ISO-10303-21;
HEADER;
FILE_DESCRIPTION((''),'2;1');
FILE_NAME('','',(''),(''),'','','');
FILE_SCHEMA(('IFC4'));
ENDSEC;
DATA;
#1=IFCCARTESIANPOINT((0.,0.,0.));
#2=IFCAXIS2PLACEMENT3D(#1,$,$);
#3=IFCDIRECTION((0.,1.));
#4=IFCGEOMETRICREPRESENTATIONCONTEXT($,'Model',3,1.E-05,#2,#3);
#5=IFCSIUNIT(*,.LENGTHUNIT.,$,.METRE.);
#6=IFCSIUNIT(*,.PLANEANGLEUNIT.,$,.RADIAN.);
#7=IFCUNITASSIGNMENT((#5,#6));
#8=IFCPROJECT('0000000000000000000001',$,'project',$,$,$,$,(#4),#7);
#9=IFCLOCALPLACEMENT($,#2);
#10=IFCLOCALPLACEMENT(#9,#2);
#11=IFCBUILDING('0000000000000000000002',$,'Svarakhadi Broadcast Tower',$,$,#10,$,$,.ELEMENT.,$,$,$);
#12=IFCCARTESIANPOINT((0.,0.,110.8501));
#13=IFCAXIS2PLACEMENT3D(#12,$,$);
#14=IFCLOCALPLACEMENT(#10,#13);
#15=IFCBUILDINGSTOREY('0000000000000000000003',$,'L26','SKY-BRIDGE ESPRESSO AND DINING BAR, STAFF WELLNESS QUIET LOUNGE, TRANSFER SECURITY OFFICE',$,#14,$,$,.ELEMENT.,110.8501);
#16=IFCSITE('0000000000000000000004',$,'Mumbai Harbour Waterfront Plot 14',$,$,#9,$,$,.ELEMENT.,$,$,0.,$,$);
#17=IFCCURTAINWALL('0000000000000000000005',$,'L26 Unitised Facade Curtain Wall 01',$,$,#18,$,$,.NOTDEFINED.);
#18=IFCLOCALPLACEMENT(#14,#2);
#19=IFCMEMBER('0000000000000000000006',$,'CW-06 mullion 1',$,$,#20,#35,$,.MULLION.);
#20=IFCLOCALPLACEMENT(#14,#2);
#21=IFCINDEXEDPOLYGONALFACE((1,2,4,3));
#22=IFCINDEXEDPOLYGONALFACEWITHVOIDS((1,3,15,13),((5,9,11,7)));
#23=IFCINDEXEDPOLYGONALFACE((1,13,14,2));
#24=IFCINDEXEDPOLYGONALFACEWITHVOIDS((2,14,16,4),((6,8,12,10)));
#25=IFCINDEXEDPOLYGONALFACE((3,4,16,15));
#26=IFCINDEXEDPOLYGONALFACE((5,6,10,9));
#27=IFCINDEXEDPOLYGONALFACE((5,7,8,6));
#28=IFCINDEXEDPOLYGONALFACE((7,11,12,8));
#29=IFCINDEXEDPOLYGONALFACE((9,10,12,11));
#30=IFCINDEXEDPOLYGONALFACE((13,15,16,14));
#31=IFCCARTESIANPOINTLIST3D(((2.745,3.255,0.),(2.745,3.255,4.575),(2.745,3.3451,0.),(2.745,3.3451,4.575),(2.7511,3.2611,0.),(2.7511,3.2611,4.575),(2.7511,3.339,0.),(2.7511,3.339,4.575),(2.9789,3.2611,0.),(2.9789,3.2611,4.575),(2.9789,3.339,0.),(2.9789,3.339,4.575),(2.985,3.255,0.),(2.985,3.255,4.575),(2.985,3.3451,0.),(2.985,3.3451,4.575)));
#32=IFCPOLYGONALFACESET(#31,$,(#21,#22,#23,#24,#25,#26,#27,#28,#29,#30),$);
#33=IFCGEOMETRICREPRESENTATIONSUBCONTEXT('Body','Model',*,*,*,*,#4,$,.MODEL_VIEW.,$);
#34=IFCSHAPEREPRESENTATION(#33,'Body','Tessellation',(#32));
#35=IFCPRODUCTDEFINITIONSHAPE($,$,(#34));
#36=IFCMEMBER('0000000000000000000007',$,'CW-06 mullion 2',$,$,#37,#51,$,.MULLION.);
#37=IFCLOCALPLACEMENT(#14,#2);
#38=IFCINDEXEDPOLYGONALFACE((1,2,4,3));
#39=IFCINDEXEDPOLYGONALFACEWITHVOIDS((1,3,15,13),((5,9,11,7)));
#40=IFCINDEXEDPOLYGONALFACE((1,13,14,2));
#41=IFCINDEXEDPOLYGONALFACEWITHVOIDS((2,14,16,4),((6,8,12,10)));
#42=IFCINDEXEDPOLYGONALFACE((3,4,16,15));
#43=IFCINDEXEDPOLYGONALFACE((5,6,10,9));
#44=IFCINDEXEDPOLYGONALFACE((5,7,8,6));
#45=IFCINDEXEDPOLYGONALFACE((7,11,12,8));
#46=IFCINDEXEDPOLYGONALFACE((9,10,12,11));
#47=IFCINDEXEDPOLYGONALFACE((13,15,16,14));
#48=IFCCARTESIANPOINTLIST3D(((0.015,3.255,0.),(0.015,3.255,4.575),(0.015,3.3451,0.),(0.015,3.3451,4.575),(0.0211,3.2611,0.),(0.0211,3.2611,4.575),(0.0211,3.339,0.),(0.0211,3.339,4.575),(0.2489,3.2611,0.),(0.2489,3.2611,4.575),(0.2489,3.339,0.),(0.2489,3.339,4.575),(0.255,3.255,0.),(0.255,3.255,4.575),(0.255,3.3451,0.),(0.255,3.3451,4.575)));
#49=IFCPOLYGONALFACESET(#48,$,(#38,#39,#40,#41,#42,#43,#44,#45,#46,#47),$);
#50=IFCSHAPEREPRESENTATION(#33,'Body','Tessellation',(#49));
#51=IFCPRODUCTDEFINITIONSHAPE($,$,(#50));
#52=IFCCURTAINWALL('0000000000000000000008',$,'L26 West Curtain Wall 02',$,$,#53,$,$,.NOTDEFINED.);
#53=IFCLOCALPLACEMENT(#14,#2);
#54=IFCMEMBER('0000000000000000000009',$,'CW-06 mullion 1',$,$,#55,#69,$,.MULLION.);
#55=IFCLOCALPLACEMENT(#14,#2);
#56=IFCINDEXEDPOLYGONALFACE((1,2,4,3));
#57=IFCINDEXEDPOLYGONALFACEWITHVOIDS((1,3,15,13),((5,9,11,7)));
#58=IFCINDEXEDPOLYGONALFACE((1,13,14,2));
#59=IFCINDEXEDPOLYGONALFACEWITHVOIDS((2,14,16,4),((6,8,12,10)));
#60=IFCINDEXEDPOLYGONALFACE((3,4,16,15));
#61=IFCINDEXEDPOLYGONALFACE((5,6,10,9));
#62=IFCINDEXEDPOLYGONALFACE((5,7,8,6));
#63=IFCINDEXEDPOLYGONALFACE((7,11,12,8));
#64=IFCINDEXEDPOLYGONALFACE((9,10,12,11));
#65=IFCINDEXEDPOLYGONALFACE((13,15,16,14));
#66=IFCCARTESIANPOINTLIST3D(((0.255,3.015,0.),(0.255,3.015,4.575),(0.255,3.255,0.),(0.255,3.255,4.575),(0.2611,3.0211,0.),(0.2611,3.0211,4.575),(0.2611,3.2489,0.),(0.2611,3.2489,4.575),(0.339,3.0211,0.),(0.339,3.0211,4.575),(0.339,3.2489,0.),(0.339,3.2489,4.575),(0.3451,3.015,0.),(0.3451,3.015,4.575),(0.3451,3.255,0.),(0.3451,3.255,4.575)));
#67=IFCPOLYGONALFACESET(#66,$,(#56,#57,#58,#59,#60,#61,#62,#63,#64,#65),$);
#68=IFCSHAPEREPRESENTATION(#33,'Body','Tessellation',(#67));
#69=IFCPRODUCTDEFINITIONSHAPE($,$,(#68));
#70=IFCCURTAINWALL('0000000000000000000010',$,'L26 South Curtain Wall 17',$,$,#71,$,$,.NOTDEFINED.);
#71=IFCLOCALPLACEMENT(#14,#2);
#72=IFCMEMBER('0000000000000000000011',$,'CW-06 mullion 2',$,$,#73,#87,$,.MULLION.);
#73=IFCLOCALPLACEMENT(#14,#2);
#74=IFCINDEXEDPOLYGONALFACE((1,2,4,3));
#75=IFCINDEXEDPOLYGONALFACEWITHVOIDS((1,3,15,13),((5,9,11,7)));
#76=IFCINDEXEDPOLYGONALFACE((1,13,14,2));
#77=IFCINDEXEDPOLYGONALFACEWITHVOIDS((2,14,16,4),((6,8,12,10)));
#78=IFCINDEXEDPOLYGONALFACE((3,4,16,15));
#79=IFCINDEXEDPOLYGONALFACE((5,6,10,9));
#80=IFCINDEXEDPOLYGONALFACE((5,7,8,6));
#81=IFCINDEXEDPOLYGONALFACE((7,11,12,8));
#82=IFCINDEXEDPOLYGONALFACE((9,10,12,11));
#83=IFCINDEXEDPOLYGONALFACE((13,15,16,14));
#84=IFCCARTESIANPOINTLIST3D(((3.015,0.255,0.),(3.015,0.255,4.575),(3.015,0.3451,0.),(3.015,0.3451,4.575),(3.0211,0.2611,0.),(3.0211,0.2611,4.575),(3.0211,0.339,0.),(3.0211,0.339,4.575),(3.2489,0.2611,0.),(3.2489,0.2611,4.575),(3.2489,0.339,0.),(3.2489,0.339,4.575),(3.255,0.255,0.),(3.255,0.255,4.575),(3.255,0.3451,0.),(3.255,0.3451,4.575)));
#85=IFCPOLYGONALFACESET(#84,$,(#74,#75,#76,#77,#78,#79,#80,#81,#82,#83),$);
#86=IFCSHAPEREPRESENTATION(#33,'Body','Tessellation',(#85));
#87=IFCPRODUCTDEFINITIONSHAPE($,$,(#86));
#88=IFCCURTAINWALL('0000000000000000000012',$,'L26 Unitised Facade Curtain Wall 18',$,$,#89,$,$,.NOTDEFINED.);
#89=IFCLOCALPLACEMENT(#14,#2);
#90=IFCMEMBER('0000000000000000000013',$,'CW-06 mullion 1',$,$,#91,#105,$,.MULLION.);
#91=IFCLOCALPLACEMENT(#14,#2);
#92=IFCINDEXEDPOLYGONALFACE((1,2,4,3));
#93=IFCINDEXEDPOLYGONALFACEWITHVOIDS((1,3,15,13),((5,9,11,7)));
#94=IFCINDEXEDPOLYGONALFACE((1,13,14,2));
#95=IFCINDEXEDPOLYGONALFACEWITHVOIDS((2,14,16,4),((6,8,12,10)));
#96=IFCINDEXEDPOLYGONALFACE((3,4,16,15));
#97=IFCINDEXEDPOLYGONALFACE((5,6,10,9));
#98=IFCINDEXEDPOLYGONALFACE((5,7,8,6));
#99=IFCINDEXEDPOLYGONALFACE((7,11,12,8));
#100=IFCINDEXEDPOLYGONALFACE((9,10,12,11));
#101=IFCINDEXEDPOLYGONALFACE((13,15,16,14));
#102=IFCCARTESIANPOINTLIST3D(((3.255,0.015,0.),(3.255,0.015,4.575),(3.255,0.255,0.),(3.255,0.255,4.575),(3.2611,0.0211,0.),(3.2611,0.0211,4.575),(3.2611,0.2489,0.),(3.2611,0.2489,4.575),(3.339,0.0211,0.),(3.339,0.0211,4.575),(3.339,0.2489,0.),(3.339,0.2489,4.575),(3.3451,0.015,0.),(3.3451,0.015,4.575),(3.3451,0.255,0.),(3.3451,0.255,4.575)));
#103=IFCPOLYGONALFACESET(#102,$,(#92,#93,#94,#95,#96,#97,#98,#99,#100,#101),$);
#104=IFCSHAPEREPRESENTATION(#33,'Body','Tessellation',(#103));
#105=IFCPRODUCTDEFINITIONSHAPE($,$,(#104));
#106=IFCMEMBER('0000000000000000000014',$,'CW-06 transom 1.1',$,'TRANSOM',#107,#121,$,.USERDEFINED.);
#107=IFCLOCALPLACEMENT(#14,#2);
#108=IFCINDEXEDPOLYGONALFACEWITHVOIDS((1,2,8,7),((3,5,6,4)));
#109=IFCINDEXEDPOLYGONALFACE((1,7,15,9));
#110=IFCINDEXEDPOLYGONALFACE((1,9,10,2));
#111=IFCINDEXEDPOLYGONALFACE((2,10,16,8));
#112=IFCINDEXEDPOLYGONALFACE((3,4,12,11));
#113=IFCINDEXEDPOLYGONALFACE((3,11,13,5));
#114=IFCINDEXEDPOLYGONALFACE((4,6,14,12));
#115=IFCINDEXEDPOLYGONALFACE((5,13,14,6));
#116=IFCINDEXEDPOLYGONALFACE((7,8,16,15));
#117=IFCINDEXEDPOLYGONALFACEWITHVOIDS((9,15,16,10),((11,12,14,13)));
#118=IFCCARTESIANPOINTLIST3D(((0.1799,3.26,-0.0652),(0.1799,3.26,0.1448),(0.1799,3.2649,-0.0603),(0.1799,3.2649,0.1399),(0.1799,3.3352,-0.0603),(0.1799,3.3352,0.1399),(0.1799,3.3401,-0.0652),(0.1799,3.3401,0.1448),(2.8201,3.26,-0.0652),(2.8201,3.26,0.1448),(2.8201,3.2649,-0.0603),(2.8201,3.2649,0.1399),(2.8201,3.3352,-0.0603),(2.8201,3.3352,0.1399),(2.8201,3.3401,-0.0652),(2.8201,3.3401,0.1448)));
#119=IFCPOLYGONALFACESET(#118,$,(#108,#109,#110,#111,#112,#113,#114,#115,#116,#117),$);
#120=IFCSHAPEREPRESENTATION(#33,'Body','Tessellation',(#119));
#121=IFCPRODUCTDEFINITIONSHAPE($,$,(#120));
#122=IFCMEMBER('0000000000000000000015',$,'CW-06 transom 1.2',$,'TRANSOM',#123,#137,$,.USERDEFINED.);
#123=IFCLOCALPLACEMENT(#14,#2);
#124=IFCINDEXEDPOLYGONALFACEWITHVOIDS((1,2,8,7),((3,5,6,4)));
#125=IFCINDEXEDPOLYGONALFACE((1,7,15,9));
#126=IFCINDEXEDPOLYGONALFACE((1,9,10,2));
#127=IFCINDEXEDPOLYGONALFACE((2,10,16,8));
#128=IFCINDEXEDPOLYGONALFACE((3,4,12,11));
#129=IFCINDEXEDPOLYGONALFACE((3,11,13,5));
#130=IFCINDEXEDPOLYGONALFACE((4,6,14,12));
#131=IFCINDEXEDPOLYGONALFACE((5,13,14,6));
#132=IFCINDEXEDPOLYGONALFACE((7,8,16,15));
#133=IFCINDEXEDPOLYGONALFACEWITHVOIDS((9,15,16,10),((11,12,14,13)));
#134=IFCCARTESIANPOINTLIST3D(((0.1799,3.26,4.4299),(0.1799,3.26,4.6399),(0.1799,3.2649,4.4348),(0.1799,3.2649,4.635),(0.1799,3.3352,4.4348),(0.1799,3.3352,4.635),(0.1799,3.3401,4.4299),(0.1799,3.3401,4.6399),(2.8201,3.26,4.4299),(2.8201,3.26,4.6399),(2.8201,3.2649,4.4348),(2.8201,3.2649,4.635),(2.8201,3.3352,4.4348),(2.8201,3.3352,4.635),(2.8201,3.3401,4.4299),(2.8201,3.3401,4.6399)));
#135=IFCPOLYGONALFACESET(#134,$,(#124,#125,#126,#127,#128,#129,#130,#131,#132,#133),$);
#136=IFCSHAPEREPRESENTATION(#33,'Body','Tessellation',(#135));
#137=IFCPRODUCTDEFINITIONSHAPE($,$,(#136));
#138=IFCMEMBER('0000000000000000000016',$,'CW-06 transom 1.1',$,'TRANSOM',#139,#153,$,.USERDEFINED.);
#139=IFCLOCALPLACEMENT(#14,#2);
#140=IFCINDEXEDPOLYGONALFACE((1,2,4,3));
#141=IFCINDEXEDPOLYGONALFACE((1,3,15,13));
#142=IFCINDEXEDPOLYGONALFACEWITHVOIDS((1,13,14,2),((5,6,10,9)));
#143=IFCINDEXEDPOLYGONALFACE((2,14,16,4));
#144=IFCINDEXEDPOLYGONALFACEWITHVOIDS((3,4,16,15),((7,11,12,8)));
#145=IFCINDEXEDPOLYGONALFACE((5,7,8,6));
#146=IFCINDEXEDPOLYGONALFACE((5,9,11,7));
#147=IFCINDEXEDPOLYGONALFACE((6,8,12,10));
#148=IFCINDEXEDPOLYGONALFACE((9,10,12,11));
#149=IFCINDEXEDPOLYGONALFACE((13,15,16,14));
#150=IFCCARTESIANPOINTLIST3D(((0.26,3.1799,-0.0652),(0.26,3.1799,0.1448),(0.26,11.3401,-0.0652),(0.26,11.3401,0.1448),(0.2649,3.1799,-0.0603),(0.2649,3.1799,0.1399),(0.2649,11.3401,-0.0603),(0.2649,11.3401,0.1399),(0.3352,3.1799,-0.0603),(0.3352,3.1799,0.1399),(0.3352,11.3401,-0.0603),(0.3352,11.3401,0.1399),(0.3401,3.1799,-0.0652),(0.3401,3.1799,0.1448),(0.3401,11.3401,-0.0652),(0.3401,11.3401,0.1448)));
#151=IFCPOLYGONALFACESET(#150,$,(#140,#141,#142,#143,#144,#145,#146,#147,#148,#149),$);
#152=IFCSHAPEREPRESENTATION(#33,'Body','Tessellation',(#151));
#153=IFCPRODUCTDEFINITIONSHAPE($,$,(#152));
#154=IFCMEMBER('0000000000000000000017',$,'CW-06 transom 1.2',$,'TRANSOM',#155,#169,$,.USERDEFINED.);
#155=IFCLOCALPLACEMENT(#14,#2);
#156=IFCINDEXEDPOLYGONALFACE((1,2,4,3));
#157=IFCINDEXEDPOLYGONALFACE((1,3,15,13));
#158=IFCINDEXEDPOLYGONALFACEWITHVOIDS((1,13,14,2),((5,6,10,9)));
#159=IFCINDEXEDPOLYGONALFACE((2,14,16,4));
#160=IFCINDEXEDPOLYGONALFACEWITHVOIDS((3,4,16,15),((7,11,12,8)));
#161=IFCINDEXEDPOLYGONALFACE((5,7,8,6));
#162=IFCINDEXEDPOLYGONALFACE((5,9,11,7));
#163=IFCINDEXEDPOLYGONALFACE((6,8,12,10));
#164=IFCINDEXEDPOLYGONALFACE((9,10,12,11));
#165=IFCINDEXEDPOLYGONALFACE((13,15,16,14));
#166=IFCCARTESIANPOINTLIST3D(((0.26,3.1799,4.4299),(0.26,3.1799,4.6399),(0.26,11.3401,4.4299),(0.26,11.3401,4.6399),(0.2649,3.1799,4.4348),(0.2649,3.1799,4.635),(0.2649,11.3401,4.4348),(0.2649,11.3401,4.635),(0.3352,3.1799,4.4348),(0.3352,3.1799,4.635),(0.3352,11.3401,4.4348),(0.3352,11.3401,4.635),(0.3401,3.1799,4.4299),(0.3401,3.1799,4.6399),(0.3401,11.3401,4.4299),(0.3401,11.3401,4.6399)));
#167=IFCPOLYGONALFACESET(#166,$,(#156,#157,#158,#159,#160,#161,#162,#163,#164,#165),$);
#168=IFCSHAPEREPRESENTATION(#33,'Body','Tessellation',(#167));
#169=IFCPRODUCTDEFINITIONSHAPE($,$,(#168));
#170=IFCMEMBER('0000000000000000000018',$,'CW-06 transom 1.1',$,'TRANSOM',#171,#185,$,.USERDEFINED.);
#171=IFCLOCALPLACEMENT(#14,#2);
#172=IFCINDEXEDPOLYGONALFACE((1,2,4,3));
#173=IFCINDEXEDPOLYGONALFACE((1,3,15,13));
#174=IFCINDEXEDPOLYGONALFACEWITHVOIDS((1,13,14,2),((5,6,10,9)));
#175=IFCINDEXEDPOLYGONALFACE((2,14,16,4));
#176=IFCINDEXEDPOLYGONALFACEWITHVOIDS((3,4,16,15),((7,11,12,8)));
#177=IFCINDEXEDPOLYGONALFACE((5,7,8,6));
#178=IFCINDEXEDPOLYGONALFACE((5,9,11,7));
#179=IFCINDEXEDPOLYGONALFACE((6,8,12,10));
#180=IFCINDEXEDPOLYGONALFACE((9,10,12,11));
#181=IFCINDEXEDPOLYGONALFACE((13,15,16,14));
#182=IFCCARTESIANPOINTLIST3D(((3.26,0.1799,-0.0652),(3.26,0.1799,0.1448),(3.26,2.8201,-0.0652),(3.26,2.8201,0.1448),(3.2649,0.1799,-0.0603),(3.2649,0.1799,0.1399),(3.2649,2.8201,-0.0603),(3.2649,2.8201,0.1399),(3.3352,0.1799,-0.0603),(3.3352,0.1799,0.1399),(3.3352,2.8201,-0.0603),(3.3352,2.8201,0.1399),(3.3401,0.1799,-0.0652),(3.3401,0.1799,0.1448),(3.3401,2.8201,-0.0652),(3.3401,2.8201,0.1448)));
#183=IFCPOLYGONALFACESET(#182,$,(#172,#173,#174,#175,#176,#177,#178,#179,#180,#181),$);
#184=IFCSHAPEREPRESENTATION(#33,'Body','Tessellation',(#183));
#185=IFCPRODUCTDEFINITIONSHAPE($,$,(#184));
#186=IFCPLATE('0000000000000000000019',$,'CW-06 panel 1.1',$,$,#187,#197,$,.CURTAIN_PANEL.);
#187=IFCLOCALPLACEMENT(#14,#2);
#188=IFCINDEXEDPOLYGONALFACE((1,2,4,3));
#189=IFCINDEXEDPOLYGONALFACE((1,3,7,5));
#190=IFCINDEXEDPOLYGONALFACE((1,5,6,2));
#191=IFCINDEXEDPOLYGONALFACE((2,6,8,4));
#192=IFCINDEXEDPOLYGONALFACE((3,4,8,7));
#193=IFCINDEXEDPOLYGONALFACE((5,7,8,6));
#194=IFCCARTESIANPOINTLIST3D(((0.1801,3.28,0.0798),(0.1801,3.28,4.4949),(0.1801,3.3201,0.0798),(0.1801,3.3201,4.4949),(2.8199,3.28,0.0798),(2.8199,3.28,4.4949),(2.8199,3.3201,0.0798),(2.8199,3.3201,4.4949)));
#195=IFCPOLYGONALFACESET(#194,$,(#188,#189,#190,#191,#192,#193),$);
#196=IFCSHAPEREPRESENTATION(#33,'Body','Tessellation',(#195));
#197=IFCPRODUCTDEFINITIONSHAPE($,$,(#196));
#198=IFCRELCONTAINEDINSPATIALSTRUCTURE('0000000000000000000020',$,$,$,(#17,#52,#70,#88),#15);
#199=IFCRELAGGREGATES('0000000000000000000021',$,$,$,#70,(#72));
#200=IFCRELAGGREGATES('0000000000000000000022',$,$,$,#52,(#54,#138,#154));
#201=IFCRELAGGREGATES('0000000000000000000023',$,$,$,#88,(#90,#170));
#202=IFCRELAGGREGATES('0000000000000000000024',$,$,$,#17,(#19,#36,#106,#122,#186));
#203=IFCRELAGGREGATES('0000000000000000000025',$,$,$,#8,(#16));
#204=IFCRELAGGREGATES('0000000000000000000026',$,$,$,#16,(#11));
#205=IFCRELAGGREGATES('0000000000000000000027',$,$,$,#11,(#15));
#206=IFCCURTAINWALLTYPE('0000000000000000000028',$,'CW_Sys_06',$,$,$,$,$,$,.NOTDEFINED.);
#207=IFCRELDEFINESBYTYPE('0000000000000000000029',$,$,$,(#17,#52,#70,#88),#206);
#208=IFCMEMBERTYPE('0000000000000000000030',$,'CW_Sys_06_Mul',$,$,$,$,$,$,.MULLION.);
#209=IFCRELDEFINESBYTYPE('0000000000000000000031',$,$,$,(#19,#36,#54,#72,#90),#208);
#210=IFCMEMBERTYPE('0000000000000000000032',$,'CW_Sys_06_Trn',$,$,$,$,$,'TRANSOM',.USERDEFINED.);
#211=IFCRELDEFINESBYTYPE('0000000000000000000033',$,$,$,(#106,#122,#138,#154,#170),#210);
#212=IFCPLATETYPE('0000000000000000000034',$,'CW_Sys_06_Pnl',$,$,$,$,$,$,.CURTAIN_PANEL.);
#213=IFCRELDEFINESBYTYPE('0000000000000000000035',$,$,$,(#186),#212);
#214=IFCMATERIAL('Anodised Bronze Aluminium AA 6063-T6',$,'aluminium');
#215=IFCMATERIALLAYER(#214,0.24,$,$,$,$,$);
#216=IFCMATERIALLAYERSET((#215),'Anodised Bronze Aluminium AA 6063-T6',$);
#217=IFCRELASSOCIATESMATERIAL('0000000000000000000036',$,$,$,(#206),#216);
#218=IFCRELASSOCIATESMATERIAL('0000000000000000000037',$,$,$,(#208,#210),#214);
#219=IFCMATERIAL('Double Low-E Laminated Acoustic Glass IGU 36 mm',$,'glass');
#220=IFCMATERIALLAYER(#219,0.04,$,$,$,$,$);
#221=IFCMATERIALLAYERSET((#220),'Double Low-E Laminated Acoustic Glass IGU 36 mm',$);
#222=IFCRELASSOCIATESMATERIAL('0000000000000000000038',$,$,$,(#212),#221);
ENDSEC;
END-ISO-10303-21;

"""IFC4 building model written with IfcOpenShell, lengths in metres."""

from ifc_helpers import new_model, si_unit, direction, frame, origin, origin_2d, place, context, subcontext, project, spatial, rectangle, hollow_rectangle, extrude, material, layer, layer_set, material_profile, profile_set, type_object, element, aggregate, save


model = new_model("IFC4")

# Units and contexts
model_context = context("Model", 3, precision=1e-05, world=origin(), true_north=direction((0.0, 1.0)))
body_context = subcontext(model_context, "Body", "Model", "MODEL_VIEW")
ifc_project = project(units=[si_unit("LENGTHUNIT", "METRE"), si_unit("PLANEANGLEUNIT", "RADIAN")], contexts=[model_context])

# Site, building, storey
site_placement = place(None, origin())
site = spatial("IfcSite", under=ifc_project, at=site_placement, Name="Mumbai Harbour Waterfront Plot 14", CompositionType="ELEMENT", RefElevation=0.0)
building_placement = place(site_placement, origin())
building = spatial("IfcBuilding", under=site, at=building_placement, Name="Svarakhadi Broadcast Tower", CompositionType="ELEMENT")
storey_placement = place(building_placement, frame((0.0, 0.0, 110.8501)))
storey = spatial("IfcBuildingStorey", under=building, at=storey_placement, Name="L26", Description="SKY-BRIDGE ESPRESSO AND DINING BAR, STAFF WELLNESS QUIET LOUNGE, TRANSFER SECURITY OFFICE", CompositionType="ELEMENT", Elevation=110.8501)

# Curtain wall, members
ifc_material_1 = material(Name="Anodised Bronze Aluminium AA 6063-T6", Category="aluminium")
ifc_layer_1 = layer(ifc_material_1, 0.24)
ifc_layer_set_1 = layer_set([ifc_layer_1], Name="Anodised Bronze Aluminium AA 6063-T6")
curtain_wall_type = type_object("IfcCurtainWallType", Name="CW_Sys_06", PredefinedType="NOTDEFINED", material=ifc_layer_set_1)
curtain_wall_1_placement = place(storey_placement, origin())
curtain_wall_1 = element("IfcCurtainWall", 1, at=curtain_wall_1_placement, inside=storey, type_object=curtain_wall_type, Name="L26 Unitised Facade Curtain Wall 01", PredefinedType="NOTDEFINED")
ifc_material_profile_1 = material_profile(ifc_material_1, hollow_rectangle(XDim=0.0901, YDim=0.24, WallThickness=0.0061, at=origin_2d()), Name="ALU MULLION 240x90x6")
ifc_profile_set_1 = profile_set([ifc_material_profile_1], Name="Anodised Bronze Aluminium AA 6063-T6")
member_type_1 = type_object("IfcMemberType", Name="CW_Sys_06_Mul", PredefinedType="MULLION", material=ifc_profile_set_1)
member_1_placement = place(storey_placement, frame((2.865, 3.3, 0.0), z_axis=(0.0, 0.0, 1.0), x_axis=(0.0, -1.0, 0.0)))
member_1 = element("IfcMember", 2, at=member_1_placement, type_object=member_type_1, Name="CW-06 mullion 1", PredefinedType="MULLION", context=body_context, shape_type="SweptSolid", body=[
    extrude(hollow_rectangle(XDim=0.0901, YDim=0.24, WallThickness=0.0061, at=origin_2d()), origin(), (0.0, 0.0, 1.0), 4.575),
])
member_2_placement = place(storey_placement, frame((0.135, 3.3, 0.0), z_axis=(0.0, 0.0, 1.0), x_axis=(0.0, -1.0, 0.0)))
member_2 = element("IfcMember", 3, at=member_2_placement, type_object=member_type_1, Name="CW-06 mullion 2", PredefinedType="MULLION", context=body_context, shape_type="SweptSolid", body=[
    extrude(hollow_rectangle(XDim=0.0901, YDim=0.24, WallThickness=0.0061, at=origin_2d()), origin(), (0.0, 0.0, 1.0), 4.575),
])

# Curtain walls, members
curtain_wall_2_placement = place(storey_placement, origin())
curtain_wall_2 = element("IfcCurtainWall", 4, at=curtain_wall_2_placement, inside=storey, type_object=curtain_wall_type, Name="L26 West Curtain Wall 02", PredefinedType="NOTDEFINED")
member_3_placement = place(storey_placement, frame((0.3, 3.135, 0.0), z_axis=(0.0, 0.0, 1.0), x_axis=(-1.0, 0.0, 0.0)))
member_3 = element("IfcMember", 5, at=member_3_placement, type_object=member_type_1, Name="CW-06 mullion 1", PredefinedType="MULLION", context=body_context, shape_type="SweptSolid", body=[
    extrude(hollow_rectangle(XDim=0.0901, YDim=0.24, WallThickness=0.0061, at=origin_2d()), origin(), (0.0, 0.0, 1.0), 4.575),
])
curtain_wall_3_placement = place(storey_placement, origin())
curtain_wall_3 = element("IfcCurtainWall", 6, at=curtain_wall_3_placement, inside=storey, type_object=curtain_wall_type, Name="L26 South Curtain Wall 17", PredefinedType="NOTDEFINED")
member_4_placement = place(storey_placement, frame((3.135, 0.3, 0.0), z_axis=(0.0, 0.0, 1.0), x_axis=(0.0, -1.0, 0.0)))
member_4 = element("IfcMember", 7, at=member_4_placement, type_object=member_type_1, Name="CW-06 mullion 2", PredefinedType="MULLION", context=body_context, shape_type="SweptSolid", body=[
    extrude(hollow_rectangle(XDim=0.0901, YDim=0.24, WallThickness=0.0061, at=origin_2d()), origin(), (0.0, 0.0, 1.0), 4.575),
])
aggregate(curtain_wall_3, [member_4])
curtain_wall_4_placement = place(storey_placement, origin())
curtain_wall_4 = element("IfcCurtainWall", 8, at=curtain_wall_4_placement, inside=storey, type_object=curtain_wall_type, Name="L26 Unitised Facade Curtain Wall 18", PredefinedType="NOTDEFINED")
member_5_placement = place(storey_placement, frame((3.3, 0.135, 0.0), z_axis=(0.0, 0.0, 1.0), x_axis=(-1.0, 0.0, 0.0)))
member_5 = element("IfcMember", 9, at=member_5_placement, type_object=member_type_1, Name="CW-06 mullion 1", PredefinedType="MULLION", context=body_context, shape_type="SweptSolid", body=[
    extrude(hollow_rectangle(XDim=0.0901, YDim=0.24, WallThickness=0.0061, at=origin_2d()), origin(), (0.0, 0.0, 1.0), 4.575),
])

# Members
ifc_material_profile_2 = material_profile(ifc_material_1, hollow_rectangle(XDim=0.0801, YDim=0.21, WallThickness=0.0049, at=origin_2d()), Name="ALU TRANSOM 210x80x5")
ifc_profile_set_2 = profile_set([ifc_material_profile_2], Name="Anodised Bronze Aluminium AA 6063-T6")
member_type_2 = type_object("IfcMemberType", Name="CW_Sys_06_Trn", ElementType="TRANSOM", PredefinedType="USERDEFINED", material=ifc_profile_set_2)
member_6_placement = place(storey_placement, frame((2.8201, 3.3, 0.0398), z_axis=(-1.0, 0.0, 0.0), x_axis=(0.0, -1.0, 0.0)))
member_6 = element("IfcMember", 10, at=member_6_placement, type_object=member_type_2, Name="CW-06 transom 1.1", ObjectType="TRANSOM", PredefinedType="USERDEFINED", context=body_context, shape_type="SweptSolid", body=[
    extrude(hollow_rectangle(XDim=0.0801, YDim=0.21, WallThickness=0.0049, at=origin_2d()), origin(), (0.0, 0.0, 1.0), 2.6401),
])
member_7_placement = place(storey_placement, frame((2.8201, 3.3, 4.5349), z_axis=(-1.0, 0.0, 0.0), x_axis=(0.0, -1.0, 0.0)))
member_7 = element("IfcMember", 11, at=member_7_placement, type_object=member_type_2, Name="CW-06 transom 1.2", ObjectType="TRANSOM", PredefinedType="USERDEFINED", context=body_context, shape_type="SweptSolid", body=[
    extrude(hollow_rectangle(XDim=0.0801, YDim=0.21, WallThickness=0.0049, at=origin_2d()), origin(), (0.0, 0.0, 1.0), 2.6401),
])
member_8_placement = place(storey_placement, frame((0.3, 3.1799, 0.0398), z_axis=(0.0, 1.0, 0.0), x_axis=(-1.0, 0.0, 0.0)))
member_8 = element("IfcMember", 12, at=member_8_placement, type_object=member_type_2, Name="CW-06 transom 1.1", ObjectType="TRANSOM", PredefinedType="USERDEFINED", context=body_context, shape_type="SweptSolid", body=[
    extrude(hollow_rectangle(XDim=0.0801, YDim=0.21, WallThickness=0.0049, at=origin_2d()), origin(), (0.0, 0.0, 1.0), 8.1602),
])
member_9_placement = place(storey_placement, frame((0.3, 3.1799, 4.5349), z_axis=(0.0, 1.0, 0.0), x_axis=(-1.0, 0.0, 0.0)))
member_9 = element("IfcMember", 13, at=member_9_placement, type_object=member_type_2, Name="CW-06 transom 1.2", ObjectType="TRANSOM", PredefinedType="USERDEFINED", context=body_context, shape_type="SweptSolid", body=[
    extrude(hollow_rectangle(XDim=0.0801, YDim=0.21, WallThickness=0.0049, at=origin_2d()), origin(), (0.0, 0.0, 1.0), 8.1602),
])
aggregate(curtain_wall_2, [member_3, member_8, member_9])
member_10_placement = place(storey_placement, frame((3.3, 0.1799, 0.0398), z_axis=(0.0, 1.0, 0.0), x_axis=(-1.0, 0.0, 0.0)))
member_10 = element("IfcMember", 14, at=member_10_placement, type_object=member_type_2, Name="CW-06 transom 1.1", ObjectType="TRANSOM", PredefinedType="USERDEFINED", context=body_context, shape_type="SweptSolid", body=[
    extrude(hollow_rectangle(XDim=0.0801, YDim=0.21, WallThickness=0.0049, at=origin_2d()), origin(), (0.0, 0.0, 1.0), 2.6401),
])
aggregate(curtain_wall_4, [member_5, member_10])

# Plate
ifc_material_2 = material(Name="Double Low-E Laminated Acoustic Glass IGU 36 mm", Category="glass")
ifc_layer_2 = layer(ifc_material_2, 0.04)
ifc_layer_set_2 = layer_set([ifc_layer_2], Name="Double Low-E Laminated Acoustic Glass IGU 36 mm")
plate_type = type_object("IfcPlateType", Name="CW_Sys_06_Pnl", PredefinedType="CURTAIN_PANEL", material=ifc_layer_set_2)
plate_placement = place(storey_placement, frame((1.5, 3.3, 0.0798), z_axis=(0.0, 0.0, 1.0), x_axis=(-1.0, 0.0, 0.0)))
plate = element("IfcPlate", 15, at=plate_placement, type_object=plate_type, Name="CW-06 panel 1.1", PredefinedType="CURTAIN_PANEL", context=body_context, shape_type="SweptSolid", body=[
    extrude(rectangle(XDim=2.6399, YDim=0.04, at=origin_2d()), origin(), (0.0, 0.0, 1.0), 4.415),
])
aggregate(curtain_wall_1, [member_1, member_2, member_6, member_7, plate])

save(model, "model.ifc")
